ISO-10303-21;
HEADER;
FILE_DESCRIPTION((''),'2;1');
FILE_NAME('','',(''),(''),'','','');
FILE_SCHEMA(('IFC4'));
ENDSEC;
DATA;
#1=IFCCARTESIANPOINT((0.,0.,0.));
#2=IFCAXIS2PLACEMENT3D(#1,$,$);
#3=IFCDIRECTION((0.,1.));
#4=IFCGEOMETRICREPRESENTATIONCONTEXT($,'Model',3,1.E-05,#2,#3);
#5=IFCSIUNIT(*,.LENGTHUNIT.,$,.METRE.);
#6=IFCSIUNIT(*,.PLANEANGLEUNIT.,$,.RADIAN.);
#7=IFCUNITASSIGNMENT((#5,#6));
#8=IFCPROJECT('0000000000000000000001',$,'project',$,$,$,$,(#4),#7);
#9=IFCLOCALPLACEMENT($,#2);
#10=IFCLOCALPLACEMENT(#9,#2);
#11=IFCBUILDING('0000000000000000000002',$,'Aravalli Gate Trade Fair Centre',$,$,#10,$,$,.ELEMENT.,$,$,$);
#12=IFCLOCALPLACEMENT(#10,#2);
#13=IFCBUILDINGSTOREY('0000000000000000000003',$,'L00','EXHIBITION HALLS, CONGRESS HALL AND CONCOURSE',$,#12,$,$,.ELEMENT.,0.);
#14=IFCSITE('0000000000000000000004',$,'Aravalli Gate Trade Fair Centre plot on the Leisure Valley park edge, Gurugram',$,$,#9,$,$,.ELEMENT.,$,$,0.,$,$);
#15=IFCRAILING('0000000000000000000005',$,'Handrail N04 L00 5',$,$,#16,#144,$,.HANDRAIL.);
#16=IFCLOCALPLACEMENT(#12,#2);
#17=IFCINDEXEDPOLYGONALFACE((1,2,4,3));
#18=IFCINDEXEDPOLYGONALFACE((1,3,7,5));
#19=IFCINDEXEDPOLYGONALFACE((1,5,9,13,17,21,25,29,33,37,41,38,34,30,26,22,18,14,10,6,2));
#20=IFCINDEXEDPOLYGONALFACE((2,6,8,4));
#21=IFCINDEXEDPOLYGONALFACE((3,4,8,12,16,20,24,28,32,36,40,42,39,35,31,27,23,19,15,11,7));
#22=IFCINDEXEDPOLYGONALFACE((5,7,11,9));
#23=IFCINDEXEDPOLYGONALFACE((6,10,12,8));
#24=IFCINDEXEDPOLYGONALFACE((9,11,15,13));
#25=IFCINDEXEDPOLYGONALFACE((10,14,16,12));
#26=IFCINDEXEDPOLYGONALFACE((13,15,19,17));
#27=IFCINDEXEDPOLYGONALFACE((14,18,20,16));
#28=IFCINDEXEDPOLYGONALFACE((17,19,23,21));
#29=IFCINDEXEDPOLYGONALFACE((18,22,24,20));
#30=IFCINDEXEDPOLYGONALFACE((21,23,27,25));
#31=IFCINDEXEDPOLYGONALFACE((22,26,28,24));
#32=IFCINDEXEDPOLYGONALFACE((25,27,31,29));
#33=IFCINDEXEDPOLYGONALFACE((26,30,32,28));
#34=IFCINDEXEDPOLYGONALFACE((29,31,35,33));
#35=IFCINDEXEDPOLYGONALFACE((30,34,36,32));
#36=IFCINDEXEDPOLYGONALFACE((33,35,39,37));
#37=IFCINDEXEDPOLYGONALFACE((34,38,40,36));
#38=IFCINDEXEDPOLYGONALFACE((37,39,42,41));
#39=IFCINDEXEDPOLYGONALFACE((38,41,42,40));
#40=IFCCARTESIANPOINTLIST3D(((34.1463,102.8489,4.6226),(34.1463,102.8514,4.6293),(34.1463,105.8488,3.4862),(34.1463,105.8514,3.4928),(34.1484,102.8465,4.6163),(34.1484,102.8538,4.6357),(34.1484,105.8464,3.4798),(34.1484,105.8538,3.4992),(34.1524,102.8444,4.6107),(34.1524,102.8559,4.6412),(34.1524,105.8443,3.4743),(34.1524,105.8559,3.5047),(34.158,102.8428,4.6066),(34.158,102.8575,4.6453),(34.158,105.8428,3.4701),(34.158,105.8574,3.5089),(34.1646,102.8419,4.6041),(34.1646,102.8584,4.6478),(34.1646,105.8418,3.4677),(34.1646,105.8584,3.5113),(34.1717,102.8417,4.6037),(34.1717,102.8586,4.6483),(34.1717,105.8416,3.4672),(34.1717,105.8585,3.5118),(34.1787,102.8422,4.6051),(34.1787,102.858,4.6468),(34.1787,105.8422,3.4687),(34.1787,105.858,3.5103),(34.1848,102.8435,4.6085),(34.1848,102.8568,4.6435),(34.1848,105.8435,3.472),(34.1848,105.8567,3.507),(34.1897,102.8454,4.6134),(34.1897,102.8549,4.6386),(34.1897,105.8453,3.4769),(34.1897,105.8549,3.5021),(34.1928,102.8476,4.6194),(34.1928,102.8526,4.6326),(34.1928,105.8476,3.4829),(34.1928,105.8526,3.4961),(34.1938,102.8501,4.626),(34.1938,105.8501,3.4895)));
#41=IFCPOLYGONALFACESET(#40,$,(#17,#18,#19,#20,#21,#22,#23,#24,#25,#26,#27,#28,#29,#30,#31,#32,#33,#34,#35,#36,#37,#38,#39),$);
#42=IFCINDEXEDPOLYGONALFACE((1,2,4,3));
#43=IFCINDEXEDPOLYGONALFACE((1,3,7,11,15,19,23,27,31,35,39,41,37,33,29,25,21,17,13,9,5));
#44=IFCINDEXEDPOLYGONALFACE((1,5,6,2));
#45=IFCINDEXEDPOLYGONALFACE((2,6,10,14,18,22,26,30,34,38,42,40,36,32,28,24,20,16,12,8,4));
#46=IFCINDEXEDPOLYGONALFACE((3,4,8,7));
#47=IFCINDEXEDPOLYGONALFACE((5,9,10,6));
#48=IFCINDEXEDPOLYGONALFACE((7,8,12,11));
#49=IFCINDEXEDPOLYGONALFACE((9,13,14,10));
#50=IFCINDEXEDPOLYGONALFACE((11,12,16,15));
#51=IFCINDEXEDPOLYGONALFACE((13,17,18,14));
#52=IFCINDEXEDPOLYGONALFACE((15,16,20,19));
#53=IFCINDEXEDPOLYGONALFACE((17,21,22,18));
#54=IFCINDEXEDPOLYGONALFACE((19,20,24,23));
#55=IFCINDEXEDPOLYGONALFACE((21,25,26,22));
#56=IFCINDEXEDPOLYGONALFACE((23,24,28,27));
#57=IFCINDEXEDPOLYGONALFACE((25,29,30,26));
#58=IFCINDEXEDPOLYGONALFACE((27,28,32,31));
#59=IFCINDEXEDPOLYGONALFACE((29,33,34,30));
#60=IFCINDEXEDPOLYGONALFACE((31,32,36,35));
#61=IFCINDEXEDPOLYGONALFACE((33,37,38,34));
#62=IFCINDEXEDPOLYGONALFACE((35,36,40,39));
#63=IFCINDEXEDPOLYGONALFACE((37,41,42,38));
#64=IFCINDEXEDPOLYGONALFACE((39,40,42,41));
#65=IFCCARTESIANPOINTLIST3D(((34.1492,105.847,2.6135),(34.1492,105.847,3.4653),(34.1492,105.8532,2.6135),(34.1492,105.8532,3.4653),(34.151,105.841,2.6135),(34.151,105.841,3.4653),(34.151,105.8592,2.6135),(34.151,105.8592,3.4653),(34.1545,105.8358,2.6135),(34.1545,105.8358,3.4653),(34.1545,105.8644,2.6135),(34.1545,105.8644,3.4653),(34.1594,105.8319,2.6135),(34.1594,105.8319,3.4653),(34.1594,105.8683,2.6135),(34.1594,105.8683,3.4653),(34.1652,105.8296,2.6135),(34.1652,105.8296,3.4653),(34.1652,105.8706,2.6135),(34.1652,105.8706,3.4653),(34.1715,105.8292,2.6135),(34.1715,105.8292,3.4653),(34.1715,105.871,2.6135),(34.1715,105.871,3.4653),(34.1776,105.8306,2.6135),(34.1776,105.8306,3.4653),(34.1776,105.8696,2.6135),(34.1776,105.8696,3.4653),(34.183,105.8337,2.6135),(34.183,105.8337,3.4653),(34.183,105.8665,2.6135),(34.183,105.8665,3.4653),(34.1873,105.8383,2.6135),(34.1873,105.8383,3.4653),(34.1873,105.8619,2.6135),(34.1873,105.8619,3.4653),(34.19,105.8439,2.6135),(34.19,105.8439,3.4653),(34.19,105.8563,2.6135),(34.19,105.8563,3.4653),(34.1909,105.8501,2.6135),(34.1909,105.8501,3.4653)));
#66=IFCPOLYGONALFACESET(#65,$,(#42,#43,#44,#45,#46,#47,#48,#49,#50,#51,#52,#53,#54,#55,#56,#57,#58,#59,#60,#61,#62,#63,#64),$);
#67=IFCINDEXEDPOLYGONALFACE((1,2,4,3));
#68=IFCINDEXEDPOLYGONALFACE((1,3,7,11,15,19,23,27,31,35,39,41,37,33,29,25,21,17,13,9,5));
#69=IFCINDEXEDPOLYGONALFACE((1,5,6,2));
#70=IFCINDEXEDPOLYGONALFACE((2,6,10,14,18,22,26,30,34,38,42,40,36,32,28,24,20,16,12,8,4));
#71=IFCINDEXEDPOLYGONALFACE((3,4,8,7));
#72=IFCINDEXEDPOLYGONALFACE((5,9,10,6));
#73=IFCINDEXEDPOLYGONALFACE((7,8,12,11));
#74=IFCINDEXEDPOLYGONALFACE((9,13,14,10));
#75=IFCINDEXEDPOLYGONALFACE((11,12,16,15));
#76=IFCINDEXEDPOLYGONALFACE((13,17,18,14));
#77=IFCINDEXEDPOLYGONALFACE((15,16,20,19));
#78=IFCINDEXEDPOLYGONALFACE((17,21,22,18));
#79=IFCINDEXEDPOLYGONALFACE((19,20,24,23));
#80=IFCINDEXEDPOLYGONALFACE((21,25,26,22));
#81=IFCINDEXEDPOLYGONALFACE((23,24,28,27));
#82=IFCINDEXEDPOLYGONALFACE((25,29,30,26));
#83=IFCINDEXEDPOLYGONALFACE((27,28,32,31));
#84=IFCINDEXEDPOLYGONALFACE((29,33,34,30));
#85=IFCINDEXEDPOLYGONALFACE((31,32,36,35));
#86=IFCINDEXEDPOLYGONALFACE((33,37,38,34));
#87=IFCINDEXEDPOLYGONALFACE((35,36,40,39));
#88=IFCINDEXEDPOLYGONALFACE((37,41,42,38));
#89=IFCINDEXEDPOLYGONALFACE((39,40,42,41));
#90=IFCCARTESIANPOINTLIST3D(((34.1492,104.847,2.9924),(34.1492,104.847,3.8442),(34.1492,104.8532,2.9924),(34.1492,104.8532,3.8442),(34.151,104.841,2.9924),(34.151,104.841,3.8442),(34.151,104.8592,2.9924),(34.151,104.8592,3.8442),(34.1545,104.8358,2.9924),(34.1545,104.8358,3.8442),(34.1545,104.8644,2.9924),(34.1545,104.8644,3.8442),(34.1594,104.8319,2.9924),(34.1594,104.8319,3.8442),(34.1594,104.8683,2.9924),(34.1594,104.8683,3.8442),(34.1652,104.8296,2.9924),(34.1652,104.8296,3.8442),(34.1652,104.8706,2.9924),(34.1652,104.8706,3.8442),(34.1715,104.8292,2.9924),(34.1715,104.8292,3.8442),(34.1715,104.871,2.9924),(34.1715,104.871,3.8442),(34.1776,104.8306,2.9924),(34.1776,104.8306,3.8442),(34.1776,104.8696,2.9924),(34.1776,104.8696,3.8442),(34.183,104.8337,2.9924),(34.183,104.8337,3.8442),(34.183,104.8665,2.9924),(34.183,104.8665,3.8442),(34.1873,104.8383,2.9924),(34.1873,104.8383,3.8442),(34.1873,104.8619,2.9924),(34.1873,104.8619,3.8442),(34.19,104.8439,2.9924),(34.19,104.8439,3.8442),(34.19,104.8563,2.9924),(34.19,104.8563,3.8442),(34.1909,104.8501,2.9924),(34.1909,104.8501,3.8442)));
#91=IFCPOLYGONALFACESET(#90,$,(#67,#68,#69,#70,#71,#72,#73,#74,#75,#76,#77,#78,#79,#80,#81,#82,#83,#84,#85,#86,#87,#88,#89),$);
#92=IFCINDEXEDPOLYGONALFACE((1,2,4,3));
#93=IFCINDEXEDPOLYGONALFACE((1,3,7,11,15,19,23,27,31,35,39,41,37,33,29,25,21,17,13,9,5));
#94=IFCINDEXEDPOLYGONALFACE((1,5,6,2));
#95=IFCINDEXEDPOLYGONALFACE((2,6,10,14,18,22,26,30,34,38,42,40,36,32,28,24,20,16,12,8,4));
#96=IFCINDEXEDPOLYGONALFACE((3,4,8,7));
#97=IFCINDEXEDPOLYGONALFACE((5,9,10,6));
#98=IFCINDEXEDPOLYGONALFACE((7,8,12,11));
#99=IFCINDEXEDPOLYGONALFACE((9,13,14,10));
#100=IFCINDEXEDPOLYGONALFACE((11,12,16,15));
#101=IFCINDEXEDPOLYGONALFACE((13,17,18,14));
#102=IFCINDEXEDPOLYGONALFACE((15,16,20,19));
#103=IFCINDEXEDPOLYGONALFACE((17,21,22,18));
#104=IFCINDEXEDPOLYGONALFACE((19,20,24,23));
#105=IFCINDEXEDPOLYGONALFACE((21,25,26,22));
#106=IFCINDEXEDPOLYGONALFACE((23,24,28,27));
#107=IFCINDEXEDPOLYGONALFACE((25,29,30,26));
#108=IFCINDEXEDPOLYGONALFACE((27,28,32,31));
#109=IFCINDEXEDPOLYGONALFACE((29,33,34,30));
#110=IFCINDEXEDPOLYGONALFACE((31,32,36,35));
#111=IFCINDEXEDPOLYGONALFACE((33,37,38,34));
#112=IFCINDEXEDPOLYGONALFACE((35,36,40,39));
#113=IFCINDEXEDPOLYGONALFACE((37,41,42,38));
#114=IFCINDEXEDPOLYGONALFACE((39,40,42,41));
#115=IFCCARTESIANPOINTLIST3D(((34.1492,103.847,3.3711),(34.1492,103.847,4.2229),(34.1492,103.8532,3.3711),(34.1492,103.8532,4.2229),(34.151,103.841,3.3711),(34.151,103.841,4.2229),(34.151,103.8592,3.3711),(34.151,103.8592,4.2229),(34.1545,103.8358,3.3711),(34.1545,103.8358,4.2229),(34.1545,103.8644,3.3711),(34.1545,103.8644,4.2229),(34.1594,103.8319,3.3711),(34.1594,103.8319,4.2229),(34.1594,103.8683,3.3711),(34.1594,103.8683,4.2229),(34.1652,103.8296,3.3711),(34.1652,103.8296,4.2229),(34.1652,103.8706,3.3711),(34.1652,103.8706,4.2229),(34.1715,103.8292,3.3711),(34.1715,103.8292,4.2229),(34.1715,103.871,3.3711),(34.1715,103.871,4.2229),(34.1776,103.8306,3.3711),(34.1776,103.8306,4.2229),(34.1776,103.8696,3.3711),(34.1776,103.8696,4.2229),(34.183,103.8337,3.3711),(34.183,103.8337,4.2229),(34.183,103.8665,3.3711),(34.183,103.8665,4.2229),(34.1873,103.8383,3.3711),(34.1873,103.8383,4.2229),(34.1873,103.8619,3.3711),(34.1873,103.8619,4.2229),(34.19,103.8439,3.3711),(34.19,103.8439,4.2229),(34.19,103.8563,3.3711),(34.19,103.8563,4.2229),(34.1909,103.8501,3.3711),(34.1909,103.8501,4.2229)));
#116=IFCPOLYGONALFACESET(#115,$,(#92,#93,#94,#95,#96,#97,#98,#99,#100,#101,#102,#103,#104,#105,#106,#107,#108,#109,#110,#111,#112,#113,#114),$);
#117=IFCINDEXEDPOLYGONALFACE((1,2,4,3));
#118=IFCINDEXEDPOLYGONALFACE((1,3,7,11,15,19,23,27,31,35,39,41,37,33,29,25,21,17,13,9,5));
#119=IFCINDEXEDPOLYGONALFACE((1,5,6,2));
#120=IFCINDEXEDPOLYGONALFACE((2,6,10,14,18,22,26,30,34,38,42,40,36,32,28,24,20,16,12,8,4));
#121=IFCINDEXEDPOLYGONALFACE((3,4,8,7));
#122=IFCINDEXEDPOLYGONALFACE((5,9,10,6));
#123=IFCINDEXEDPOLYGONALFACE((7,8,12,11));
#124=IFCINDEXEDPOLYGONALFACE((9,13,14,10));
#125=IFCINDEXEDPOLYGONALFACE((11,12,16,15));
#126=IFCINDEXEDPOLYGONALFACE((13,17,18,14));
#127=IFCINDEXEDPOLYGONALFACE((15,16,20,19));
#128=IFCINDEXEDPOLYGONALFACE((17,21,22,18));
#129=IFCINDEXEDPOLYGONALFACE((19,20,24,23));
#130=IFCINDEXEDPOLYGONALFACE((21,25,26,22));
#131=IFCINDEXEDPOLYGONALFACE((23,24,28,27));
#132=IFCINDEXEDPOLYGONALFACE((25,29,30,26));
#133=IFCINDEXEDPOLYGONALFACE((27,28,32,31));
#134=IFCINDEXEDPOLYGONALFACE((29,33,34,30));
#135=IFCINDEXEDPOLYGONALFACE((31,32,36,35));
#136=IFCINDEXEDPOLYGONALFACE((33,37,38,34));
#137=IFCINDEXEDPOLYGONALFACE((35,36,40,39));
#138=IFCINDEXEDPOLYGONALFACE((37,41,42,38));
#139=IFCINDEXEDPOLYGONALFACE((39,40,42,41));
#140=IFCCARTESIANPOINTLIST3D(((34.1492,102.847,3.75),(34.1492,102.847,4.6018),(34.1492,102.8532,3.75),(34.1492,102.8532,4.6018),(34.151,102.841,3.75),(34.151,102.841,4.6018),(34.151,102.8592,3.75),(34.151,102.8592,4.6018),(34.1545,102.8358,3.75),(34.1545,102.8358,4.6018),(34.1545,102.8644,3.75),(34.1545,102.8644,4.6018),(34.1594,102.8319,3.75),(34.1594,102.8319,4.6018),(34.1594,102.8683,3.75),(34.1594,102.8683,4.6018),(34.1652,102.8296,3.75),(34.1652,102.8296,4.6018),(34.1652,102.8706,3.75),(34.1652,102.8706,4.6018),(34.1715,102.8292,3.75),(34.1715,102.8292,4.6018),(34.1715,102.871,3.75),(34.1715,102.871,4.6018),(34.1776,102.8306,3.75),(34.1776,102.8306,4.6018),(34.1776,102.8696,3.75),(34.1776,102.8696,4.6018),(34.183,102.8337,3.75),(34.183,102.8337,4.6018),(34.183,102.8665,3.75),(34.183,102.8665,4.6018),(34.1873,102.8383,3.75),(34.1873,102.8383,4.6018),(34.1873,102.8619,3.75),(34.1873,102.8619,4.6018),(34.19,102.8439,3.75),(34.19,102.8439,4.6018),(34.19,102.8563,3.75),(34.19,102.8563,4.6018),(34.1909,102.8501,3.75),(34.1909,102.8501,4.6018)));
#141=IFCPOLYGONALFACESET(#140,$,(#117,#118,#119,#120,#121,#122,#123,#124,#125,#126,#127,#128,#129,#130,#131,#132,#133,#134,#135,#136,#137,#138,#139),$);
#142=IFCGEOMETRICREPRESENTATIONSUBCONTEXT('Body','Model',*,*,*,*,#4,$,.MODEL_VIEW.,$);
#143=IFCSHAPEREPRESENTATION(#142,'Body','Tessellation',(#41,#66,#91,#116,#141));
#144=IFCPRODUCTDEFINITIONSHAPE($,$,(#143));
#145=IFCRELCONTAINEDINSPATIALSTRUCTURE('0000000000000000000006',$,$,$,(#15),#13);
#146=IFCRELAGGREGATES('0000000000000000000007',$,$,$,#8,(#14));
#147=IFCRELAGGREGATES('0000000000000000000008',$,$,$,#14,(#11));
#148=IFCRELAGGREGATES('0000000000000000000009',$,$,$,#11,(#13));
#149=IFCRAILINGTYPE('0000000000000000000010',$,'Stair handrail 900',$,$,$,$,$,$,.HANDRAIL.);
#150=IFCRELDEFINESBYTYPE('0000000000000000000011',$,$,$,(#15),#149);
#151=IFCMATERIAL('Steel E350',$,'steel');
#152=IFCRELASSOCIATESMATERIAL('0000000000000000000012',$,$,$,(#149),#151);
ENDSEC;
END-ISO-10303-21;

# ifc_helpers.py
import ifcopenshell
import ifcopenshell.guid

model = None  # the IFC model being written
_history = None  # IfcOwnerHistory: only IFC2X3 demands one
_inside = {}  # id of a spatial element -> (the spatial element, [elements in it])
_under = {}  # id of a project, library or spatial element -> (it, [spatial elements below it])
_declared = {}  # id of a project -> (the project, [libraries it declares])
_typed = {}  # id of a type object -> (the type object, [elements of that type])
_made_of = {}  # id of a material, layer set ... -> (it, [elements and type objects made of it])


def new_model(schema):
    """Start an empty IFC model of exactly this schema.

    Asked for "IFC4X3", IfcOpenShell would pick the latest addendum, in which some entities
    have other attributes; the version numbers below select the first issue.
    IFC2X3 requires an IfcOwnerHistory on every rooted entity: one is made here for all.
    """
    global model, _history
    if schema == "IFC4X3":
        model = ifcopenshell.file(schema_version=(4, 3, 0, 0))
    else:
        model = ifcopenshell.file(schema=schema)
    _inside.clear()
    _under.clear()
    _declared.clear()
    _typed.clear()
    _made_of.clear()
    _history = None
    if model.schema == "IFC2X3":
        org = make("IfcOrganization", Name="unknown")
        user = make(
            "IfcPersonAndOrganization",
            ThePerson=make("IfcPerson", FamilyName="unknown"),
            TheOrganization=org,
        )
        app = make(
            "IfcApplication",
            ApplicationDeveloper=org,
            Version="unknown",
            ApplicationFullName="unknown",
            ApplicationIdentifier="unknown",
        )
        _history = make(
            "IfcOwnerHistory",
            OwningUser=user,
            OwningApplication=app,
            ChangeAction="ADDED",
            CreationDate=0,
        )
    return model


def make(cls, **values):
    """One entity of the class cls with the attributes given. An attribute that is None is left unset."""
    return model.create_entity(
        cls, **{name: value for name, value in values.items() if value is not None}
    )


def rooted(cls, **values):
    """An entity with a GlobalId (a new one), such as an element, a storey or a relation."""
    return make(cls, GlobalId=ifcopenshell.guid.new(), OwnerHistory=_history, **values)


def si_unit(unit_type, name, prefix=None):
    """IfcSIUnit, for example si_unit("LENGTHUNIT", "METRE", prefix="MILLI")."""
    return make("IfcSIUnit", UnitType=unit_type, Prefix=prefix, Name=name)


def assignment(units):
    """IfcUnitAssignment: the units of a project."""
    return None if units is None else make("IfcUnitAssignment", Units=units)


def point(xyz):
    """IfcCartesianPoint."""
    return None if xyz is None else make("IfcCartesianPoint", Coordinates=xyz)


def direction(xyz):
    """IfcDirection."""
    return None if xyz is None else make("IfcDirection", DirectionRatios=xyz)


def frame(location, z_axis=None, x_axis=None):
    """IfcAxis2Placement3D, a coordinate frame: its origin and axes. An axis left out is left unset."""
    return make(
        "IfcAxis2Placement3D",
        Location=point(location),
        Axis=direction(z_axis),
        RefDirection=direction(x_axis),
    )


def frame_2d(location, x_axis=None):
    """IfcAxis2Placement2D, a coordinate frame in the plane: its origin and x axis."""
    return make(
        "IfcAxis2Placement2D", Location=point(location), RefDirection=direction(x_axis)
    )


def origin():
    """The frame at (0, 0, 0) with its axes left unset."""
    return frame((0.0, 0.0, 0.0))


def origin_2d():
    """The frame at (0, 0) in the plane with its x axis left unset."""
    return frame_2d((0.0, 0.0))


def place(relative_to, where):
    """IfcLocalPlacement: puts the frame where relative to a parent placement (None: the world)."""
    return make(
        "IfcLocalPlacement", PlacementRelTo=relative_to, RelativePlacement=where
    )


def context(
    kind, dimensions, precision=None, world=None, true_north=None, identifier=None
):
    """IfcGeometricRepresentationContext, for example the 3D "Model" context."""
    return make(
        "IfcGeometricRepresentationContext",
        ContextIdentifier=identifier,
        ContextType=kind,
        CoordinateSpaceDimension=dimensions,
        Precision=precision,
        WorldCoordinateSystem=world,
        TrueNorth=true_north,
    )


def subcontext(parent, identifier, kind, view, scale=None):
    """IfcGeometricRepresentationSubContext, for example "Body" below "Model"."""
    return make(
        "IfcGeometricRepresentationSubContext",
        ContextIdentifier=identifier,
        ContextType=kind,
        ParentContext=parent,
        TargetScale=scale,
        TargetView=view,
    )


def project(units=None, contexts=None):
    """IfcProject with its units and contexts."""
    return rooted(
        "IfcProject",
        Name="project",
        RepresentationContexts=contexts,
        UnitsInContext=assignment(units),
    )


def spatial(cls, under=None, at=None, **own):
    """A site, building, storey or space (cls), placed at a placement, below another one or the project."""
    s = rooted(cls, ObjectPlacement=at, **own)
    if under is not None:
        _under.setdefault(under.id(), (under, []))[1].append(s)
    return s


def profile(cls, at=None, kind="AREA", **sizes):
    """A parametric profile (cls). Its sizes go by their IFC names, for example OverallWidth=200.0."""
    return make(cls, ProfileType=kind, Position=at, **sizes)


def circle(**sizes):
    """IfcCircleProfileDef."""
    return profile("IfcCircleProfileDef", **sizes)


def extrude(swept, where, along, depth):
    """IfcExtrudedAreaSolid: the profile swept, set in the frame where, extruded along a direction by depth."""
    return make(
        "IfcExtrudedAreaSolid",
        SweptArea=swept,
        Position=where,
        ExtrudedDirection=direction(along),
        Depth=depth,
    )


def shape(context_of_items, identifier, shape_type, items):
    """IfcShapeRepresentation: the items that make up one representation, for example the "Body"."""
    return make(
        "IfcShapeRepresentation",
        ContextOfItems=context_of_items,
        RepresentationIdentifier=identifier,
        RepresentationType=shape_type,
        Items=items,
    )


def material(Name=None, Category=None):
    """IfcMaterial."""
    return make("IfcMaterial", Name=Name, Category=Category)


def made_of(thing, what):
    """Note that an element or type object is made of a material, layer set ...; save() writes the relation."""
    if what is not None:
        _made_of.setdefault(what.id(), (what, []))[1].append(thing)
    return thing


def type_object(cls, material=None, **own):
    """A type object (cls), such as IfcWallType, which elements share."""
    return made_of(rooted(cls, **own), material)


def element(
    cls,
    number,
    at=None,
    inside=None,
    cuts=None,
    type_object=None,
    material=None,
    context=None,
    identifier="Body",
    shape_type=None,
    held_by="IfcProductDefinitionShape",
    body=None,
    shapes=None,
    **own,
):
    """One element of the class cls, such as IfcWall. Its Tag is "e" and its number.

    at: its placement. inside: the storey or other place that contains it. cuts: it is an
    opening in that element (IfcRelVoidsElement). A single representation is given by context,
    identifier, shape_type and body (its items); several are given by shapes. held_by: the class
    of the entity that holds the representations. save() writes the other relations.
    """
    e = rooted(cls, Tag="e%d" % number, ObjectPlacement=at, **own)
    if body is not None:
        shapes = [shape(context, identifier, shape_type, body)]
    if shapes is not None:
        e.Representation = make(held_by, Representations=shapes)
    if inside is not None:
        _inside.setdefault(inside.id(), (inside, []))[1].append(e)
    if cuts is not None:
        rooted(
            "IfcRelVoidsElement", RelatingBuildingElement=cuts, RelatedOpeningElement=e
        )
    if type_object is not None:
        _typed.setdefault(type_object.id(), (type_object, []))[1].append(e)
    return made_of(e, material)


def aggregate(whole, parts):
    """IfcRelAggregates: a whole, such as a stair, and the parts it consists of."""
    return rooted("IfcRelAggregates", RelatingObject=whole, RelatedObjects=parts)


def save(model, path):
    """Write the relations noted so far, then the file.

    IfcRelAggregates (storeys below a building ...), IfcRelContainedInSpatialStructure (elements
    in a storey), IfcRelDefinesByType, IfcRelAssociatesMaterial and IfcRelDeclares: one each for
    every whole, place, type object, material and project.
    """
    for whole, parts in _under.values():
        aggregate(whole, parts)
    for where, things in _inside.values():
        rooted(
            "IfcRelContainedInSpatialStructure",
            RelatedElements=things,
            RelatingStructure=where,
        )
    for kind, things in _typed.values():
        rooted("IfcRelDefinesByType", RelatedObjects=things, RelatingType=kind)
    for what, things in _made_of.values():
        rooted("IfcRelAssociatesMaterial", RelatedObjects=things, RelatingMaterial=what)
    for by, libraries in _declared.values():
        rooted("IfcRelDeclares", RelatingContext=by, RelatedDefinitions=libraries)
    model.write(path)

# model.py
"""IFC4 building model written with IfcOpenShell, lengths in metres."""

from ifc_helpers import new_model, si_unit, direction, frame, origin, origin_2d, place, context, subcontext, project, spatial, circle, extrude, material, type_object, element, save


model = new_model("IFC4")

# Units and contexts
model_context = context("Model", 3, precision=1e-05, world=origin(), true_north=direction((0.0, 1.0)))
body_context = subcontext(model_context, "Body", "Model", "MODEL_VIEW")
ifc_project = project(units=[si_unit("LENGTHUNIT", "METRE"), si_unit("PLANEANGLEUNIT", "RADIAN")], contexts=[model_context])

# Site, building, storey
site_placement = place(None, origin())
site = spatial("IfcSite", under=ifc_project, at=site_placement, Name="Aravalli Gate Trade Fair Centre plot on the Leisure Valley park edge, Gurugram", CompositionType="ELEMENT", RefElevation=0.0)
building_placement = place(site_placement, origin())
building = spatial("IfcBuilding", under=site, at=building_placement, Name="Aravalli Gate Trade Fair Centre", CompositionType="ELEMENT")
storey_placement = place(building_placement, origin())
storey = spatial("IfcBuildingStorey", under=building, at=storey_placement, Name="L00", Description="EXHIBITION HALLS, CONGRESS HALL AND CONCOURSE", CompositionType="ELEMENT", Elevation=0.0)

# Shared definitions
ifc_material_1 = material(Name="Steel E350", Category="steel")

# Railing
railing_type = type_object("IfcRailingType", Name="Stair handrail 900", PredefinedType="HANDRAIL", material=ifc_material_1)
for number, where, name in (
    (1, (34.1699, 105.8501, 2.6135), "Handrail N04 L00 5"),
):
    element("IfcRailing", number, at=place(storey_placement, frame(where)), inside=storey, type_object=railing_type, Name=name, PredefinedType="HANDRAIL", context=body_context, shape_type="SweptSolid", body=[
        extrude(circle(Radius=0.0239, at=origin_2d()), frame((0.0, 0.0, 0.876), z_axis=(0.0, -0.935148, 0.354257), x_axis=(1.0, 0.0, 0.0)), (0.0, 0.0, 1.0), 3.208),
        extrude(circle(Radius=0.021, at=origin_2d()), origin(), (0.0, 0.0, 1.0), 0.8518),
        extrude(circle(Radius=0.021, at=origin_2d()), frame((0.0, -1.0, 0.3789)), (0.0, 0.0, 1.0), 0.8518),
        extrude(circle(Radius=0.021, at=origin_2d()), frame((0.0, -2.0, 0.7576)), (0.0, 0.0, 1.0), 0.8518),
        extrude(circle(Radius=0.021, at=origin_2d()), frame((0.0, -3.0, 1.1365)), (0.0, 0.0, 1.0), 0.8518),
    ])

save(model, "model.ifc")
